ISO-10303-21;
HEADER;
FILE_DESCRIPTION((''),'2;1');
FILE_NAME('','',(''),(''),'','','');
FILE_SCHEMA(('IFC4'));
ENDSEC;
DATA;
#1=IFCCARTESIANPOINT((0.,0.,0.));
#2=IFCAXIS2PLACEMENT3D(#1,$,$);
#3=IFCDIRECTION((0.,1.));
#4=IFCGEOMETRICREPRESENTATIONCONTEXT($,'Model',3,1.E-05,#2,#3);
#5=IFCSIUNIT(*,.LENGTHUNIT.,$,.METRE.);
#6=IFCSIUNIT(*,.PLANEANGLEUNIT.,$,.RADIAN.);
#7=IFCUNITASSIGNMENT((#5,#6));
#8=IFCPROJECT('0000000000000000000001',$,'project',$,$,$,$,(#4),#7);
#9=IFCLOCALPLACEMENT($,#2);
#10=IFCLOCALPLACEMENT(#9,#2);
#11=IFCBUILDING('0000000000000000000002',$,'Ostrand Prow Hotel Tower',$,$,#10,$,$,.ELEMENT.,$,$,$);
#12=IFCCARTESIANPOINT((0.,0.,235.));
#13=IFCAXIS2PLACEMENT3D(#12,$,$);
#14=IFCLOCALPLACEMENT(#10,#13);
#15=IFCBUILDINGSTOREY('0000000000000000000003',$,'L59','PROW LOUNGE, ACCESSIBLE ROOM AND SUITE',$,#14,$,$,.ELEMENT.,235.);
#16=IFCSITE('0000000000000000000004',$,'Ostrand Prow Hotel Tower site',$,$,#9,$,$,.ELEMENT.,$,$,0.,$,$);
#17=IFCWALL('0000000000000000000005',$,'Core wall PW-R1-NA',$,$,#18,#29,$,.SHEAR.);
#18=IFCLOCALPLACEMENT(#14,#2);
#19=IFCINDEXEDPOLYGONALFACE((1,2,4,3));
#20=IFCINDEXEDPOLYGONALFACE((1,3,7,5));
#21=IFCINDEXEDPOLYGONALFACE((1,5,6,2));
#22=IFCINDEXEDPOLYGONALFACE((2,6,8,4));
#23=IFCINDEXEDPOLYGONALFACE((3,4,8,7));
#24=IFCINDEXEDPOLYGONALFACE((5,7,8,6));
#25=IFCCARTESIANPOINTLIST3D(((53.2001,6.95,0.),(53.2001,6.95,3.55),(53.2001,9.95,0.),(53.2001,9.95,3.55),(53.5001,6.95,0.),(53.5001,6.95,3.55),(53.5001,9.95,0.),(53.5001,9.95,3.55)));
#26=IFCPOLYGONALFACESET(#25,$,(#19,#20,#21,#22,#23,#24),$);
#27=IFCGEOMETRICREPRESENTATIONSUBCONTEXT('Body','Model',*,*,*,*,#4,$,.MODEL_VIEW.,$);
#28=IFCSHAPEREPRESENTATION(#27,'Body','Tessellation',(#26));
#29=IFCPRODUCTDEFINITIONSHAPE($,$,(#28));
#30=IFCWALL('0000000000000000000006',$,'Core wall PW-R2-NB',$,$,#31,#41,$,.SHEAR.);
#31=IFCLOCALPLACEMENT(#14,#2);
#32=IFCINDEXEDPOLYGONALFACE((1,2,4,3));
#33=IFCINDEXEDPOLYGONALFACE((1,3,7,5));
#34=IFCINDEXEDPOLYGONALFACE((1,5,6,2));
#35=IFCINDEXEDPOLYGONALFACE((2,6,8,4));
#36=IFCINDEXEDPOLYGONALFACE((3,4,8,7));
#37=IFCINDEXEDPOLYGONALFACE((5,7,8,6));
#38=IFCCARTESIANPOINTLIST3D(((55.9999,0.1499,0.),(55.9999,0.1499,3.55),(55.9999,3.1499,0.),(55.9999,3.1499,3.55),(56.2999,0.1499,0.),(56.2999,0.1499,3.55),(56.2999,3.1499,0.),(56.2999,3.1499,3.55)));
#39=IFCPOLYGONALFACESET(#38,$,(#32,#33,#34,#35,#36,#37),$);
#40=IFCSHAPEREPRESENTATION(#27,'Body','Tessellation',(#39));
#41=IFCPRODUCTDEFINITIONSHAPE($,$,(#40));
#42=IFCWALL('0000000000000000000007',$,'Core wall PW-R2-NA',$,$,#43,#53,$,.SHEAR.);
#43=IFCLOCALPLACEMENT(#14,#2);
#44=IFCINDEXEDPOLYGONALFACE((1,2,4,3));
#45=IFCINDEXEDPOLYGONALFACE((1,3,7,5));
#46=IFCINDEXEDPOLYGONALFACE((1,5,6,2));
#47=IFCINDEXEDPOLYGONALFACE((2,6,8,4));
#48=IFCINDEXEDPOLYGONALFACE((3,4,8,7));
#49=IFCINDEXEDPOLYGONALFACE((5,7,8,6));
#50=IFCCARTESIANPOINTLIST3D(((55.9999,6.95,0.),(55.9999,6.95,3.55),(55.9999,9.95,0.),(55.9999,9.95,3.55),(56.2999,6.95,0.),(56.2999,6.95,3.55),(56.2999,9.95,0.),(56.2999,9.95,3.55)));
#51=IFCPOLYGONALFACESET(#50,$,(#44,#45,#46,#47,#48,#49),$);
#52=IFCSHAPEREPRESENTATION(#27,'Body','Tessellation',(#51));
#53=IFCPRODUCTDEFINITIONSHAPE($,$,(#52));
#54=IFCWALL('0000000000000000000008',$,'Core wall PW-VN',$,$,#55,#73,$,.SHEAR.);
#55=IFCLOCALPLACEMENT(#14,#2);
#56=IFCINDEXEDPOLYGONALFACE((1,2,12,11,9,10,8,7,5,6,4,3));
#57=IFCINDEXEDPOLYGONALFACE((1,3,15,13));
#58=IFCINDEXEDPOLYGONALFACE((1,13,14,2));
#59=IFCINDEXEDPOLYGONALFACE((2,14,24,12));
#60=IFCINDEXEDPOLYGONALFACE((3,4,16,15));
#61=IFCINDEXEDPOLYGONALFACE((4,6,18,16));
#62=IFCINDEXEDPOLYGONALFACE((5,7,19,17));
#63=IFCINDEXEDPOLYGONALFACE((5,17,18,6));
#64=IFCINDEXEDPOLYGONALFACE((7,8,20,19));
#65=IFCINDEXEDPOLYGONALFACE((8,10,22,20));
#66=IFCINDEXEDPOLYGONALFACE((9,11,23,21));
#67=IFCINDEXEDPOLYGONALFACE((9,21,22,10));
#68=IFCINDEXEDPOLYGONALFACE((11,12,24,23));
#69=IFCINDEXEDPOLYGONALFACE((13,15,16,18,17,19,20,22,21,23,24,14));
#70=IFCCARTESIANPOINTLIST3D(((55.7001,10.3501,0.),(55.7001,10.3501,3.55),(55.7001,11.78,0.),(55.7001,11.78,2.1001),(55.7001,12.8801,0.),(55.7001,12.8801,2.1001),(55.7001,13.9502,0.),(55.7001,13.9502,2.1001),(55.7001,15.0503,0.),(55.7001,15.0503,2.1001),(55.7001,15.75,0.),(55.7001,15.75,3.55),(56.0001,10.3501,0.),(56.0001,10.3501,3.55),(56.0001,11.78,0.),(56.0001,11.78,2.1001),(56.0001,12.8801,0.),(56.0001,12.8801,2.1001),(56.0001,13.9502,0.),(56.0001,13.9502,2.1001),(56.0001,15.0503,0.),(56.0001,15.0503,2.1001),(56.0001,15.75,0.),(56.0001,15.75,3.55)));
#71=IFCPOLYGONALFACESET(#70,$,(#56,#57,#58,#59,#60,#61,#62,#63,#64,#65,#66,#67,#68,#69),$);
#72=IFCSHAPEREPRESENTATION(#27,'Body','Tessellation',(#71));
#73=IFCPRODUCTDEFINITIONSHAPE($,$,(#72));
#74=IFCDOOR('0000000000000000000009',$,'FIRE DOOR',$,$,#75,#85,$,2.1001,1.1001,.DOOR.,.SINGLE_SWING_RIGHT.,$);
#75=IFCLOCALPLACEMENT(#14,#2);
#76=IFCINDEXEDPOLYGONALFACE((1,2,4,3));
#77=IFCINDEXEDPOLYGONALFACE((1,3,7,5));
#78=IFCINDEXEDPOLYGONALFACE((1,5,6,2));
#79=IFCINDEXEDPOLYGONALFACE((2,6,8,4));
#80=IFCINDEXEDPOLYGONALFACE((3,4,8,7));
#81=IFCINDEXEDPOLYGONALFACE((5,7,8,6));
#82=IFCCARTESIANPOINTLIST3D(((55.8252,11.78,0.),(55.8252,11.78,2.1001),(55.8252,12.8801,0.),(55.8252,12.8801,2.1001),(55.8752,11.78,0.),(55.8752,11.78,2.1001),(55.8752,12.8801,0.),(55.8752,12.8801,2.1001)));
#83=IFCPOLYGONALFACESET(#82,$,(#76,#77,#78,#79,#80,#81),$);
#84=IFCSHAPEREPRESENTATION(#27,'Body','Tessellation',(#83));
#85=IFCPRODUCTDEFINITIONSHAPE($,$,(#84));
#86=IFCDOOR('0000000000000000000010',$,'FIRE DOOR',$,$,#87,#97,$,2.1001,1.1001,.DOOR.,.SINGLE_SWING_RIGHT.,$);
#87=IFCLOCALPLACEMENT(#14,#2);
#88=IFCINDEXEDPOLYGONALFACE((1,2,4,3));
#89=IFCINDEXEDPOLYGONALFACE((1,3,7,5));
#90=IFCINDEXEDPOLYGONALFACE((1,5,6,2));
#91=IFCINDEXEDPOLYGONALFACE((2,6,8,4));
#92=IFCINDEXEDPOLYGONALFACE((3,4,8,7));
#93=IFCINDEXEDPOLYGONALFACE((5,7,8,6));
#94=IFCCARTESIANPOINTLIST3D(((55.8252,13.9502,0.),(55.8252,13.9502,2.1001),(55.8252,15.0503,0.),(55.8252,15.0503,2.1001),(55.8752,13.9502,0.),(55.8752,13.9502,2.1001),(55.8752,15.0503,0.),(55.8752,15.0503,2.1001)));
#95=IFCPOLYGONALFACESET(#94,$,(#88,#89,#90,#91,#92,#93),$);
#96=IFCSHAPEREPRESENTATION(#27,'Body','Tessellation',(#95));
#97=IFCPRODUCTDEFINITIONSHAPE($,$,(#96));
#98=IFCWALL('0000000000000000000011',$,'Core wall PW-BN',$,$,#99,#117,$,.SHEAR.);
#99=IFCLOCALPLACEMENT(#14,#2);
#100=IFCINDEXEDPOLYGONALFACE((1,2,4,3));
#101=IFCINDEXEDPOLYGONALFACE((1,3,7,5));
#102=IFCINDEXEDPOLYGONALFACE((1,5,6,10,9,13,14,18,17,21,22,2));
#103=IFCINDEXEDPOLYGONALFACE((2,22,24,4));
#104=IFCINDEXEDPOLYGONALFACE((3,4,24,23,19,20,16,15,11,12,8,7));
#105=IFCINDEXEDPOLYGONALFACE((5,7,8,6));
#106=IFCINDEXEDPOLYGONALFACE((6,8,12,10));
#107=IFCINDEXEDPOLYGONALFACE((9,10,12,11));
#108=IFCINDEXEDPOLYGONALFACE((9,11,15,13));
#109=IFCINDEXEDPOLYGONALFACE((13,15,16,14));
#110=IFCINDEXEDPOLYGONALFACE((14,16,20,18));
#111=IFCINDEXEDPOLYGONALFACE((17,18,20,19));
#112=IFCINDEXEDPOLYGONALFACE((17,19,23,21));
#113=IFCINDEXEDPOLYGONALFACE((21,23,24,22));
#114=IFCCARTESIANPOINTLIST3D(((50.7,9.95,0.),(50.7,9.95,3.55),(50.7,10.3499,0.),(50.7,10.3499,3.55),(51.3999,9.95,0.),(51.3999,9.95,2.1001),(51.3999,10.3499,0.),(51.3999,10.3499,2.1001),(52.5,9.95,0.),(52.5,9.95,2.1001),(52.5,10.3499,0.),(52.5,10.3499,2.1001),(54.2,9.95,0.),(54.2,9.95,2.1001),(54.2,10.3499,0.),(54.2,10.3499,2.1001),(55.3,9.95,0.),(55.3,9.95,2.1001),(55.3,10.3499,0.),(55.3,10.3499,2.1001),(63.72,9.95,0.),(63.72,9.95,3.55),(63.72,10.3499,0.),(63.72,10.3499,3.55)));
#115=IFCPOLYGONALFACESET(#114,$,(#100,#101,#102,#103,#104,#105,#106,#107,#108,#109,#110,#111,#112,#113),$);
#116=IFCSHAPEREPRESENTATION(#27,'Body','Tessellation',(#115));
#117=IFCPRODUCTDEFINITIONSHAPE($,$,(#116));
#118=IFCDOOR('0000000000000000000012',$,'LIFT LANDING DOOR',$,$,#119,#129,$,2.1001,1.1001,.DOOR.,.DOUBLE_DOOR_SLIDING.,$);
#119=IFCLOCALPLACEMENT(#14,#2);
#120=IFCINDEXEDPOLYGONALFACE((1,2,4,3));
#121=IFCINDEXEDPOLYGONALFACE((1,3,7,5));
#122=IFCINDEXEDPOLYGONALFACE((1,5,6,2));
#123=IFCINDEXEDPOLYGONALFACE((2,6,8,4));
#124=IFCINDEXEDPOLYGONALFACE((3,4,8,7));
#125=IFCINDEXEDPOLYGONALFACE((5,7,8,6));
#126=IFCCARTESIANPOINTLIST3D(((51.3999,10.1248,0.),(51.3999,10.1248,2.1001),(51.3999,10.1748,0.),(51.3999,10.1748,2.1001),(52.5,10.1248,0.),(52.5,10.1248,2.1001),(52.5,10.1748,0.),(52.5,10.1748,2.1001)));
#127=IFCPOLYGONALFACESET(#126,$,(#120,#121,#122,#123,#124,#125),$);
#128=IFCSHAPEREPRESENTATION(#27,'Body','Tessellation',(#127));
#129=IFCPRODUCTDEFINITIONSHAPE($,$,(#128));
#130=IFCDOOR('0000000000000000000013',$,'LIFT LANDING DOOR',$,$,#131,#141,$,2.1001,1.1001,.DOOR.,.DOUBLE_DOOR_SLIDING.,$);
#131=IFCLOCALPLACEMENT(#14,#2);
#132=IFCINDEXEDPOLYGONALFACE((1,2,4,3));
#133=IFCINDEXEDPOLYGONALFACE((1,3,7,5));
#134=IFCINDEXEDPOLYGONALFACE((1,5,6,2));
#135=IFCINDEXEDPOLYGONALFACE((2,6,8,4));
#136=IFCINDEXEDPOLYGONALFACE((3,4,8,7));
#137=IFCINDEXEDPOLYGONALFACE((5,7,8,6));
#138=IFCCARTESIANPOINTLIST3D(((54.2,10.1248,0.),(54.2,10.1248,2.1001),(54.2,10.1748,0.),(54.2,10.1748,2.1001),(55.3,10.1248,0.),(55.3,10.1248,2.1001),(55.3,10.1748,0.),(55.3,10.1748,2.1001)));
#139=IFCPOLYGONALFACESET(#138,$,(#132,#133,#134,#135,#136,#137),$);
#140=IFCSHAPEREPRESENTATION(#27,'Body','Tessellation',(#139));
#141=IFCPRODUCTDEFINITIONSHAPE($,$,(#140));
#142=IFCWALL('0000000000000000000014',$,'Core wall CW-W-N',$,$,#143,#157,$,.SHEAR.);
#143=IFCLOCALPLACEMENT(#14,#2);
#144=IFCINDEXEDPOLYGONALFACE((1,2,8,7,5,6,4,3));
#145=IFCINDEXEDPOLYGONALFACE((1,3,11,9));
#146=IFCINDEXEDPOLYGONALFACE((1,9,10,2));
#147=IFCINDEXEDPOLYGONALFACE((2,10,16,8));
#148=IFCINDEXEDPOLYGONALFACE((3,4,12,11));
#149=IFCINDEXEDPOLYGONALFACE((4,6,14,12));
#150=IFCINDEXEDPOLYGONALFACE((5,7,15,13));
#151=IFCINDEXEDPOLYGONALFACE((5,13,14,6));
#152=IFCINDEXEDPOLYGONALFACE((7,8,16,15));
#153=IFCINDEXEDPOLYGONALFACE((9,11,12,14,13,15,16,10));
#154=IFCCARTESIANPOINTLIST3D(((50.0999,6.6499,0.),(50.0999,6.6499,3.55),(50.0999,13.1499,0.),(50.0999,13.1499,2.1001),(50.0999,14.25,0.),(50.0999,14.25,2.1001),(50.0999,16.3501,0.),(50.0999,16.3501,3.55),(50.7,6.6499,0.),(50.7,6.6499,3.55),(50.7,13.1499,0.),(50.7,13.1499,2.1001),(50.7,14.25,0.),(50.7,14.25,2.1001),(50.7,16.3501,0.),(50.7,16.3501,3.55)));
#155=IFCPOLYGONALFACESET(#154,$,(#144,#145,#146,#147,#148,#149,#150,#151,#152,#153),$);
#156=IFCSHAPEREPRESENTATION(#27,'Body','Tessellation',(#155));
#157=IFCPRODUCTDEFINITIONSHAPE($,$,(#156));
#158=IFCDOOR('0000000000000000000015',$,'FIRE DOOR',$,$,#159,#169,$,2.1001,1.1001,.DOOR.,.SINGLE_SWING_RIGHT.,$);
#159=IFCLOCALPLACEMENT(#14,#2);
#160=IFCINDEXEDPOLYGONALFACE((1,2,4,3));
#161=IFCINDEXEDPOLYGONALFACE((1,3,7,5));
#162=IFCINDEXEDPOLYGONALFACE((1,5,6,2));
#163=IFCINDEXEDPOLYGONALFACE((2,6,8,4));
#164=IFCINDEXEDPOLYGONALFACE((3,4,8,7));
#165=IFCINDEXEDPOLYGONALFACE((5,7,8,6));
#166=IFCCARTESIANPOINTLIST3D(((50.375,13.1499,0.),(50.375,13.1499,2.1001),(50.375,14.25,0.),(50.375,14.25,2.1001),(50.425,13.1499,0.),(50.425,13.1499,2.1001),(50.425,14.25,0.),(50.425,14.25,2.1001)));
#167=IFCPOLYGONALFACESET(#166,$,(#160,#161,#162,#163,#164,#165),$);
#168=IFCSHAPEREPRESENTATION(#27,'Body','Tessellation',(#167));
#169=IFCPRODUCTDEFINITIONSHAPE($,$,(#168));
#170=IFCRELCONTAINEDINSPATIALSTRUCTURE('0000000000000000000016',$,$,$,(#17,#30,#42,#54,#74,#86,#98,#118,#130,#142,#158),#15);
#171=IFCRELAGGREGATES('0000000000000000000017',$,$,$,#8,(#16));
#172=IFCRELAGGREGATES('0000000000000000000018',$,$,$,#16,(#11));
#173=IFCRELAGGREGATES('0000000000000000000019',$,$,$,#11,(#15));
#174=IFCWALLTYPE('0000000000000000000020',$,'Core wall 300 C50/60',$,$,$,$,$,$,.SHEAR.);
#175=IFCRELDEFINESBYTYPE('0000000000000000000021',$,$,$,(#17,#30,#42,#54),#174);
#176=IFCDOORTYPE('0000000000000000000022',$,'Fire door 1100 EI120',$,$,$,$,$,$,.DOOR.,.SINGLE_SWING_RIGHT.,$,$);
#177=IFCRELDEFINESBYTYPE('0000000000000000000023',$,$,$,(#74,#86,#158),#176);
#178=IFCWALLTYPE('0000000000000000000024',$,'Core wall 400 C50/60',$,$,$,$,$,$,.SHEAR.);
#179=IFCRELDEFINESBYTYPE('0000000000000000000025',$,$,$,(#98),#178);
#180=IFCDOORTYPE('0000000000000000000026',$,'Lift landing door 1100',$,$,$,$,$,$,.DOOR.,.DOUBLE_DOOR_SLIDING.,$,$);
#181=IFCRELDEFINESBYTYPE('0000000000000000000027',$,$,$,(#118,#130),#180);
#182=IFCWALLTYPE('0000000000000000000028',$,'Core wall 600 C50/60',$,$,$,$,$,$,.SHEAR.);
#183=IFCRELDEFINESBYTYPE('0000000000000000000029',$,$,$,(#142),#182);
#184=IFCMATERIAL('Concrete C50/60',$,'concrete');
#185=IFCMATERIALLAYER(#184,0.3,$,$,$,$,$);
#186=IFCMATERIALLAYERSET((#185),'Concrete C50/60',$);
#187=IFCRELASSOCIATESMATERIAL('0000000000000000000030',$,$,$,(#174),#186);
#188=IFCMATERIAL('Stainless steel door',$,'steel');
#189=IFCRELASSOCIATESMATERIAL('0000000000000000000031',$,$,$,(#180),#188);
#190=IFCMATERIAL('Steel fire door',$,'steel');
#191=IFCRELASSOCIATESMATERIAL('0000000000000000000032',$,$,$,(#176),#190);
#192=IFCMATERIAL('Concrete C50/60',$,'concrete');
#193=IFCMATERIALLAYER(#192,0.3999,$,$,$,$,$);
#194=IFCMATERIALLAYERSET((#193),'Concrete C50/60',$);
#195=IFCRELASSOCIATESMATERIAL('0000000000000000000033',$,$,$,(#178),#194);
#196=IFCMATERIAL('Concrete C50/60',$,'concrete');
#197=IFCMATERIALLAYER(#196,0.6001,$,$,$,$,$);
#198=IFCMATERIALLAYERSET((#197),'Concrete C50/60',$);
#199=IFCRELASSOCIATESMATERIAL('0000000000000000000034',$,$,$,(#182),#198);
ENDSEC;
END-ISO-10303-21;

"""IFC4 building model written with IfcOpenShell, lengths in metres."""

from ifc_helpers import new_model, si_unit, direction, frame, frame_2d, origin, place, context, subcontext, project, spatial, rectangle, extrude, material, layer, layer_set, type_object, element, fill, save


model = new_model("IFC4")

# Units and contexts
model_context = context("Model", 3, precision=1e-05, world=origin(), true_north=direction((0.0, 1.0)))
body_context = subcontext(model_context, "Body", "Model", "MODEL_VIEW")
ifc_project = project(units=[si_unit("LENGTHUNIT", "METRE"), si_unit("PLANEANGLEUNIT", "RADIAN")], contexts=[model_context])

# Site, building, storey
site_placement = place(None, origin())
site = spatial("IfcSite", under=ifc_project, at=site_placement, Name="Ostrand Prow Hotel Tower site", CompositionType="ELEMENT", RefElevation=0.0)
building_placement = place(site_placement, origin())
building = spatial("IfcBuilding", under=site, at=building_placement, Name="Ostrand Prow Hotel Tower", CompositionType="ELEMENT")
storey_placement = place(building_placement, frame((0.0, 0.0, 235.0)))
storey = spatial("IfcBuildingStorey", under=building, at=storey_placement, Name="L59", Description="PROW LOUNGE, ACCESSIBLE ROOM AND SUITE", CompositionType="ELEMENT", Elevation=235.0)

# Shared definitions
ifc_material_1 = material(Name="Concrete C50/60", Category="concrete")
ifc_layer_1 = layer(ifc_material_1, 0.3)
ifc_layer_set_1 = layer_set([ifc_layer_1], Name="Concrete C50/60")
wall_type_1 = type_object("IfcWallType", Name="Core wall 300 C50/60", PredefinedType="SHEAR", material=ifc_layer_set_1)
ifc_material_2 = material(Name="Stainless steel door", Category="steel")
door_type_1 = type_object("IfcDoorType", Name="Lift landing door 1100", OperationType="DOUBLE_DOOR_SLIDING", PredefinedType="DOOR", material=ifc_material_2)

# Walls
for number, where, z_axis, x_axis, name in (
    (1, (53.3501, 6.95, 0.0), (0.0, 0.0, 1.0), (0.0, 1.0, 0.0), "Core wall PW-R1-NA"),
    (2, (56.1499, 0.1499, 0.0), (0.0, 0.0, 1.0), (0.0, 1.0, 0.0), "Core wall PW-R2-NB"),
    (3, (56.1499, 6.95, 0.0), (0.0, 0.0, 1.0), (0.0, 1.0, 0.0), "Core wall PW-R2-NA"),
):
    element("IfcWall", number, at=place(storey_placement, frame(where, z_axis=z_axis, x_axis=x_axis)), inside=storey, type_object=wall_type_1, Name=name, PredefinedType="SHEAR", context=body_context, shape_type="SweptSolid", body=[
        extrude(rectangle(XDim=3.0, YDim=0.3, at=frame_2d((1.5, 0.0))), origin(), (0.0, 0.0, 1.0), 3.55),
    ])

# Walls, openings, doors
wall_1_placement = place(storey_placement, frame((55.8501, 10.3501, 0.0), z_axis=(0.0, 0.0, 1.0), x_axis=(0.0, 1.0, 0.0)))
wall_1 = element("IfcWall", 4, at=wall_1_placement, inside=storey, type_object=wall_type_1, Name="Core wall PW-VN", PredefinedType="SHEAR", context=body_context, shape_type="SweptSolid", body=[
    extrude(rectangle(XDim=5.3999, YDim=0.3, at=frame_2d((2.7, 0.0))), origin(), (0.0, 0.0, 1.0), 3.55),
])
opening_1_placement = place(wall_1_placement, frame((1.4299, 0.0, 0.0)))
opening_1 = element("IfcOpeningElement", 5, at=opening_1_placement, cuts=wall_1, PredefinedType="OPENING", context=body_context, shape_type="SweptSolid", body=[
    extrude(rectangle(XDim=1.1001, YDim=2.1001, at=frame_2d((0.55, 1.05))), frame((0.0, 0.1599, 0.0), z_axis=(0.0, -1.0, 0.0), x_axis=(1.0, 0.0, 0.0)), (0.0, 0.0, 1.0), 0.3201),
])
opening_2_placement = place(wall_1_placement, frame((3.6001, 0.0, 0.0)))
opening_2 = element("IfcOpeningElement", 6, at=opening_2_placement, cuts=wall_1, PredefinedType="OPENING", context=body_context, shape_type="SweptSolid", body=[
    extrude(rectangle(XDim=1.1001, YDim=2.1001, at=frame_2d((0.55, 1.05))), frame((0.0, 0.1599, 0.0), z_axis=(0.0, -1.0, 0.0), x_axis=(1.0, 0.0, 0.0)), (0.0, 0.0, 1.0), 0.3201),
])
ifc_material_3 = material(Name="Steel fire door", Category="steel")
door_type_2 = type_object("IfcDoorType", Name="Fire door 1100 EI120", OperationType="SINGLE_SWING_RIGHT", PredefinedType="DOOR", material=ifc_material_3)
door_1_placement = place(opening_1_placement, origin())
door_1 = element("IfcDoor", 7, at=door_1_placement, inside=storey, type_object=door_type_2, Name="FIRE DOOR", OperationType="SINGLE_SWING_RIGHT", OverallHeight=2.1001, OverallWidth=1.1001, PredefinedType="DOOR", context=body_context, shape_type="SweptSolid", body=[
    extrude(rectangle(XDim=1.1001, YDim=2.1001, at=frame_2d((0.55, 1.05))), frame((0.0, 0.0249, 0.0), z_axis=(0.0, -1.0, 0.0), x_axis=(1.0, 0.0, 0.0)), (0.0, 0.0, 1.0), 0.05),
])
fill(opening_1, door_1)
door_2_placement = place(opening_2_placement, origin())
door_2 = element("IfcDoor", 8, at=door_2_placement, inside=storey, type_object=door_type_2, Name="FIRE DOOR", OperationType="SINGLE_SWING_RIGHT", OverallHeight=2.1001, OverallWidth=1.1001, PredefinedType="DOOR", context=body_context, shape_type="SweptSolid", body=[
    extrude(rectangle(XDim=1.1001, YDim=2.1001, at=frame_2d((0.55, 1.05))), frame((0.0, 0.0249, 0.0), z_axis=(0.0, -1.0, 0.0), x_axis=(1.0, 0.0, 0.0)), (0.0, 0.0, 1.0), 0.05),
])
fill(opening_2, door_2)
ifc_material_4 = material(Name="Concrete C50/60", Category="concrete")
ifc_layer_2 = layer(ifc_material_4, 0.3999)
ifc_layer_set_2 = layer_set([ifc_layer_2], Name="Concrete C50/60")
wall_type_2 = type_object("IfcWallType", Name="Core wall 400 C50/60", PredefinedType="SHEAR", material=ifc_layer_set_2)
wall_2_placement = place(storey_placement, frame((50.7, 10.1499, 0.0), z_axis=(0.0, 0.0, 1.0), x_axis=(1.0, 0.0, 0.0)))
wall_2 = element("IfcWall", 9, at=wall_2_placement, inside=storey, type_object=wall_type_2, Name="Core wall PW-BN", PredefinedType="SHEAR", context=body_context, shape_type="SweptSolid", body=[
    extrude(rectangle(XDim=13.02, YDim=0.3999, at=frame_2d((6.51, 0.0))), origin(), (0.0, 0.0, 1.0), 3.55),
])
opening_3_placement = place(wall_2_placement, frame((0.7, 0.0, 0.0)))
opening_3 = element("IfcOpeningElement", 10, at=opening_3_placement, cuts=wall_2, PredefinedType="OPENING", context=body_context, shape_type="SweptSolid", body=[
    extrude(rectangle(XDim=1.1001, YDim=2.1001, at=frame_2d((0.55, 1.05))), frame((0.0, 0.21, 0.0), z_axis=(0.0, -1.0, 0.0), x_axis=(1.0, 0.0, 0.0)), (0.0, 0.0, 1.0), 0.4199),
])
opening_4_placement = place(wall_2_placement, frame((3.5, 0.0, 0.0)))
opening_4 = element("IfcOpeningElement", 11, at=opening_4_placement, cuts=wall_2, PredefinedType="OPENING", context=body_context, shape_type="SweptSolid", body=[
    extrude(rectangle(XDim=1.1001, YDim=2.1001, at=frame_2d((0.55, 1.05))), frame((0.0, 0.21, 0.0), z_axis=(0.0, -1.0, 0.0), x_axis=(1.0, 0.0, 0.0)), (0.0, 0.0, 1.0), 0.4199),
])
door_3_placement = place(opening_3_placement, origin())
door_3 = element("IfcDoor", 12, at=door_3_placement, inside=storey, type_object=door_type_1, Name="LIFT LANDING DOOR", OperationType="DOUBLE_DOOR_SLIDING", OverallHeight=2.1001, OverallWidth=1.1001, PredefinedType="DOOR", context=body_context, shape_type="SweptSolid", body=[
    extrude(rectangle(XDim=1.1001, YDim=2.1001, at=frame_2d((0.55, 1.05))), frame((0.0, 0.0249, 0.0), z_axis=(0.0, -1.0, 0.0), x_axis=(1.0, 0.0, 0.0)), (0.0, 0.0, 1.0), 0.05),
])
fill(opening_3, door_3)
door_4_placement = place(opening_4_placement, origin())
door_4 = element("IfcDoor", 13, at=door_4_placement, inside=storey, type_object=door_type_1, Name="LIFT LANDING DOOR", OperationType="DOUBLE_DOOR_SLIDING", OverallHeight=2.1001, OverallWidth=1.1001, PredefinedType="DOOR", context=body_context, shape_type="SweptSolid", body=[
    extrude(rectangle(XDim=1.1001, YDim=2.1001, at=frame_2d((0.55, 1.05))), frame((0.0, 0.0249, 0.0), z_axis=(0.0, -1.0, 0.0), x_axis=(1.0, 0.0, 0.0)), (0.0, 0.0, 1.0), 0.05),
])
fill(opening_4, door_4)

# Wall, opening, door
ifc_material_5 = material(Name="Concrete C50/60", Category="concrete")
ifc_layer_3 = layer(ifc_material_5, 0.6001)
ifc_layer_set_3 = layer_set([ifc_layer_3], Name="Concrete C50/60")
wall_type_3 = type_object("IfcWallType", Name="Core wall 600 C50/60", PredefinedType="SHEAR", material=ifc_layer_set_3)
wall_3_placement = place(storey_placement, frame((50.3999, 6.6499, 0.0), z_axis=(0.0, 0.0, 1.0), x_axis=(0.0, 1.0, 0.0)))
wall_3 = element("IfcWall", 14, at=wall_3_placement, inside=storey, type_object=wall_type_3, Name="Core wall CW-W-N", PredefinedType="SHEAR", context=body_context, shape_type="SweptSolid", body=[
    extrude(rectangle(XDim=9.7002, YDim=0.6001, at=frame_2d((4.8501, 0.0))), origin(), (0.0, 0.0, 1.0), 3.55),
])
opening_5_placement = place(wall_3_placement, frame((6.5, 0.0, 0.0)))
opening_5 = element("IfcOpeningElement", 15, at=opening_5_placement, cuts=wall_3, PredefinedType="OPENING", context=body_context, shape_type="SweptSolid", body=[
    extrude(rectangle(XDim=1.1001, YDim=2.1001, at=frame_2d((0.55, 1.05))), frame((0.0, 0.3101, 0.0), z_axis=(0.0, -1.0, 0.0), x_axis=(1.0, 0.0, 0.0)), (0.0, 0.0, 1.0), 0.6201),
])
door_5_placement = place(opening_5_placement, origin())
door_5 = element("IfcDoor", 16, at=door_5_placement, inside=storey, type_object=door_type_2, Name="FIRE DOOR", OperationType="SINGLE_SWING_RIGHT", OverallHeight=2.1001, OverallWidth=1.1001, PredefinedType="DOOR", context=body_context, shape_type="SweptSolid", body=[
    extrude(rectangle(XDim=1.1001, YDim=2.1001, at=frame_2d((0.55, 1.05))), frame((0.0, 0.0249, 0.0), z_axis=(0.0, -1.0, 0.0), x_axis=(1.0, 0.0, 0.0)), (0.0, 0.0, 1.0), 0.05),
])
fill(opening_5, door_5)

save(model, "model.ifc")
